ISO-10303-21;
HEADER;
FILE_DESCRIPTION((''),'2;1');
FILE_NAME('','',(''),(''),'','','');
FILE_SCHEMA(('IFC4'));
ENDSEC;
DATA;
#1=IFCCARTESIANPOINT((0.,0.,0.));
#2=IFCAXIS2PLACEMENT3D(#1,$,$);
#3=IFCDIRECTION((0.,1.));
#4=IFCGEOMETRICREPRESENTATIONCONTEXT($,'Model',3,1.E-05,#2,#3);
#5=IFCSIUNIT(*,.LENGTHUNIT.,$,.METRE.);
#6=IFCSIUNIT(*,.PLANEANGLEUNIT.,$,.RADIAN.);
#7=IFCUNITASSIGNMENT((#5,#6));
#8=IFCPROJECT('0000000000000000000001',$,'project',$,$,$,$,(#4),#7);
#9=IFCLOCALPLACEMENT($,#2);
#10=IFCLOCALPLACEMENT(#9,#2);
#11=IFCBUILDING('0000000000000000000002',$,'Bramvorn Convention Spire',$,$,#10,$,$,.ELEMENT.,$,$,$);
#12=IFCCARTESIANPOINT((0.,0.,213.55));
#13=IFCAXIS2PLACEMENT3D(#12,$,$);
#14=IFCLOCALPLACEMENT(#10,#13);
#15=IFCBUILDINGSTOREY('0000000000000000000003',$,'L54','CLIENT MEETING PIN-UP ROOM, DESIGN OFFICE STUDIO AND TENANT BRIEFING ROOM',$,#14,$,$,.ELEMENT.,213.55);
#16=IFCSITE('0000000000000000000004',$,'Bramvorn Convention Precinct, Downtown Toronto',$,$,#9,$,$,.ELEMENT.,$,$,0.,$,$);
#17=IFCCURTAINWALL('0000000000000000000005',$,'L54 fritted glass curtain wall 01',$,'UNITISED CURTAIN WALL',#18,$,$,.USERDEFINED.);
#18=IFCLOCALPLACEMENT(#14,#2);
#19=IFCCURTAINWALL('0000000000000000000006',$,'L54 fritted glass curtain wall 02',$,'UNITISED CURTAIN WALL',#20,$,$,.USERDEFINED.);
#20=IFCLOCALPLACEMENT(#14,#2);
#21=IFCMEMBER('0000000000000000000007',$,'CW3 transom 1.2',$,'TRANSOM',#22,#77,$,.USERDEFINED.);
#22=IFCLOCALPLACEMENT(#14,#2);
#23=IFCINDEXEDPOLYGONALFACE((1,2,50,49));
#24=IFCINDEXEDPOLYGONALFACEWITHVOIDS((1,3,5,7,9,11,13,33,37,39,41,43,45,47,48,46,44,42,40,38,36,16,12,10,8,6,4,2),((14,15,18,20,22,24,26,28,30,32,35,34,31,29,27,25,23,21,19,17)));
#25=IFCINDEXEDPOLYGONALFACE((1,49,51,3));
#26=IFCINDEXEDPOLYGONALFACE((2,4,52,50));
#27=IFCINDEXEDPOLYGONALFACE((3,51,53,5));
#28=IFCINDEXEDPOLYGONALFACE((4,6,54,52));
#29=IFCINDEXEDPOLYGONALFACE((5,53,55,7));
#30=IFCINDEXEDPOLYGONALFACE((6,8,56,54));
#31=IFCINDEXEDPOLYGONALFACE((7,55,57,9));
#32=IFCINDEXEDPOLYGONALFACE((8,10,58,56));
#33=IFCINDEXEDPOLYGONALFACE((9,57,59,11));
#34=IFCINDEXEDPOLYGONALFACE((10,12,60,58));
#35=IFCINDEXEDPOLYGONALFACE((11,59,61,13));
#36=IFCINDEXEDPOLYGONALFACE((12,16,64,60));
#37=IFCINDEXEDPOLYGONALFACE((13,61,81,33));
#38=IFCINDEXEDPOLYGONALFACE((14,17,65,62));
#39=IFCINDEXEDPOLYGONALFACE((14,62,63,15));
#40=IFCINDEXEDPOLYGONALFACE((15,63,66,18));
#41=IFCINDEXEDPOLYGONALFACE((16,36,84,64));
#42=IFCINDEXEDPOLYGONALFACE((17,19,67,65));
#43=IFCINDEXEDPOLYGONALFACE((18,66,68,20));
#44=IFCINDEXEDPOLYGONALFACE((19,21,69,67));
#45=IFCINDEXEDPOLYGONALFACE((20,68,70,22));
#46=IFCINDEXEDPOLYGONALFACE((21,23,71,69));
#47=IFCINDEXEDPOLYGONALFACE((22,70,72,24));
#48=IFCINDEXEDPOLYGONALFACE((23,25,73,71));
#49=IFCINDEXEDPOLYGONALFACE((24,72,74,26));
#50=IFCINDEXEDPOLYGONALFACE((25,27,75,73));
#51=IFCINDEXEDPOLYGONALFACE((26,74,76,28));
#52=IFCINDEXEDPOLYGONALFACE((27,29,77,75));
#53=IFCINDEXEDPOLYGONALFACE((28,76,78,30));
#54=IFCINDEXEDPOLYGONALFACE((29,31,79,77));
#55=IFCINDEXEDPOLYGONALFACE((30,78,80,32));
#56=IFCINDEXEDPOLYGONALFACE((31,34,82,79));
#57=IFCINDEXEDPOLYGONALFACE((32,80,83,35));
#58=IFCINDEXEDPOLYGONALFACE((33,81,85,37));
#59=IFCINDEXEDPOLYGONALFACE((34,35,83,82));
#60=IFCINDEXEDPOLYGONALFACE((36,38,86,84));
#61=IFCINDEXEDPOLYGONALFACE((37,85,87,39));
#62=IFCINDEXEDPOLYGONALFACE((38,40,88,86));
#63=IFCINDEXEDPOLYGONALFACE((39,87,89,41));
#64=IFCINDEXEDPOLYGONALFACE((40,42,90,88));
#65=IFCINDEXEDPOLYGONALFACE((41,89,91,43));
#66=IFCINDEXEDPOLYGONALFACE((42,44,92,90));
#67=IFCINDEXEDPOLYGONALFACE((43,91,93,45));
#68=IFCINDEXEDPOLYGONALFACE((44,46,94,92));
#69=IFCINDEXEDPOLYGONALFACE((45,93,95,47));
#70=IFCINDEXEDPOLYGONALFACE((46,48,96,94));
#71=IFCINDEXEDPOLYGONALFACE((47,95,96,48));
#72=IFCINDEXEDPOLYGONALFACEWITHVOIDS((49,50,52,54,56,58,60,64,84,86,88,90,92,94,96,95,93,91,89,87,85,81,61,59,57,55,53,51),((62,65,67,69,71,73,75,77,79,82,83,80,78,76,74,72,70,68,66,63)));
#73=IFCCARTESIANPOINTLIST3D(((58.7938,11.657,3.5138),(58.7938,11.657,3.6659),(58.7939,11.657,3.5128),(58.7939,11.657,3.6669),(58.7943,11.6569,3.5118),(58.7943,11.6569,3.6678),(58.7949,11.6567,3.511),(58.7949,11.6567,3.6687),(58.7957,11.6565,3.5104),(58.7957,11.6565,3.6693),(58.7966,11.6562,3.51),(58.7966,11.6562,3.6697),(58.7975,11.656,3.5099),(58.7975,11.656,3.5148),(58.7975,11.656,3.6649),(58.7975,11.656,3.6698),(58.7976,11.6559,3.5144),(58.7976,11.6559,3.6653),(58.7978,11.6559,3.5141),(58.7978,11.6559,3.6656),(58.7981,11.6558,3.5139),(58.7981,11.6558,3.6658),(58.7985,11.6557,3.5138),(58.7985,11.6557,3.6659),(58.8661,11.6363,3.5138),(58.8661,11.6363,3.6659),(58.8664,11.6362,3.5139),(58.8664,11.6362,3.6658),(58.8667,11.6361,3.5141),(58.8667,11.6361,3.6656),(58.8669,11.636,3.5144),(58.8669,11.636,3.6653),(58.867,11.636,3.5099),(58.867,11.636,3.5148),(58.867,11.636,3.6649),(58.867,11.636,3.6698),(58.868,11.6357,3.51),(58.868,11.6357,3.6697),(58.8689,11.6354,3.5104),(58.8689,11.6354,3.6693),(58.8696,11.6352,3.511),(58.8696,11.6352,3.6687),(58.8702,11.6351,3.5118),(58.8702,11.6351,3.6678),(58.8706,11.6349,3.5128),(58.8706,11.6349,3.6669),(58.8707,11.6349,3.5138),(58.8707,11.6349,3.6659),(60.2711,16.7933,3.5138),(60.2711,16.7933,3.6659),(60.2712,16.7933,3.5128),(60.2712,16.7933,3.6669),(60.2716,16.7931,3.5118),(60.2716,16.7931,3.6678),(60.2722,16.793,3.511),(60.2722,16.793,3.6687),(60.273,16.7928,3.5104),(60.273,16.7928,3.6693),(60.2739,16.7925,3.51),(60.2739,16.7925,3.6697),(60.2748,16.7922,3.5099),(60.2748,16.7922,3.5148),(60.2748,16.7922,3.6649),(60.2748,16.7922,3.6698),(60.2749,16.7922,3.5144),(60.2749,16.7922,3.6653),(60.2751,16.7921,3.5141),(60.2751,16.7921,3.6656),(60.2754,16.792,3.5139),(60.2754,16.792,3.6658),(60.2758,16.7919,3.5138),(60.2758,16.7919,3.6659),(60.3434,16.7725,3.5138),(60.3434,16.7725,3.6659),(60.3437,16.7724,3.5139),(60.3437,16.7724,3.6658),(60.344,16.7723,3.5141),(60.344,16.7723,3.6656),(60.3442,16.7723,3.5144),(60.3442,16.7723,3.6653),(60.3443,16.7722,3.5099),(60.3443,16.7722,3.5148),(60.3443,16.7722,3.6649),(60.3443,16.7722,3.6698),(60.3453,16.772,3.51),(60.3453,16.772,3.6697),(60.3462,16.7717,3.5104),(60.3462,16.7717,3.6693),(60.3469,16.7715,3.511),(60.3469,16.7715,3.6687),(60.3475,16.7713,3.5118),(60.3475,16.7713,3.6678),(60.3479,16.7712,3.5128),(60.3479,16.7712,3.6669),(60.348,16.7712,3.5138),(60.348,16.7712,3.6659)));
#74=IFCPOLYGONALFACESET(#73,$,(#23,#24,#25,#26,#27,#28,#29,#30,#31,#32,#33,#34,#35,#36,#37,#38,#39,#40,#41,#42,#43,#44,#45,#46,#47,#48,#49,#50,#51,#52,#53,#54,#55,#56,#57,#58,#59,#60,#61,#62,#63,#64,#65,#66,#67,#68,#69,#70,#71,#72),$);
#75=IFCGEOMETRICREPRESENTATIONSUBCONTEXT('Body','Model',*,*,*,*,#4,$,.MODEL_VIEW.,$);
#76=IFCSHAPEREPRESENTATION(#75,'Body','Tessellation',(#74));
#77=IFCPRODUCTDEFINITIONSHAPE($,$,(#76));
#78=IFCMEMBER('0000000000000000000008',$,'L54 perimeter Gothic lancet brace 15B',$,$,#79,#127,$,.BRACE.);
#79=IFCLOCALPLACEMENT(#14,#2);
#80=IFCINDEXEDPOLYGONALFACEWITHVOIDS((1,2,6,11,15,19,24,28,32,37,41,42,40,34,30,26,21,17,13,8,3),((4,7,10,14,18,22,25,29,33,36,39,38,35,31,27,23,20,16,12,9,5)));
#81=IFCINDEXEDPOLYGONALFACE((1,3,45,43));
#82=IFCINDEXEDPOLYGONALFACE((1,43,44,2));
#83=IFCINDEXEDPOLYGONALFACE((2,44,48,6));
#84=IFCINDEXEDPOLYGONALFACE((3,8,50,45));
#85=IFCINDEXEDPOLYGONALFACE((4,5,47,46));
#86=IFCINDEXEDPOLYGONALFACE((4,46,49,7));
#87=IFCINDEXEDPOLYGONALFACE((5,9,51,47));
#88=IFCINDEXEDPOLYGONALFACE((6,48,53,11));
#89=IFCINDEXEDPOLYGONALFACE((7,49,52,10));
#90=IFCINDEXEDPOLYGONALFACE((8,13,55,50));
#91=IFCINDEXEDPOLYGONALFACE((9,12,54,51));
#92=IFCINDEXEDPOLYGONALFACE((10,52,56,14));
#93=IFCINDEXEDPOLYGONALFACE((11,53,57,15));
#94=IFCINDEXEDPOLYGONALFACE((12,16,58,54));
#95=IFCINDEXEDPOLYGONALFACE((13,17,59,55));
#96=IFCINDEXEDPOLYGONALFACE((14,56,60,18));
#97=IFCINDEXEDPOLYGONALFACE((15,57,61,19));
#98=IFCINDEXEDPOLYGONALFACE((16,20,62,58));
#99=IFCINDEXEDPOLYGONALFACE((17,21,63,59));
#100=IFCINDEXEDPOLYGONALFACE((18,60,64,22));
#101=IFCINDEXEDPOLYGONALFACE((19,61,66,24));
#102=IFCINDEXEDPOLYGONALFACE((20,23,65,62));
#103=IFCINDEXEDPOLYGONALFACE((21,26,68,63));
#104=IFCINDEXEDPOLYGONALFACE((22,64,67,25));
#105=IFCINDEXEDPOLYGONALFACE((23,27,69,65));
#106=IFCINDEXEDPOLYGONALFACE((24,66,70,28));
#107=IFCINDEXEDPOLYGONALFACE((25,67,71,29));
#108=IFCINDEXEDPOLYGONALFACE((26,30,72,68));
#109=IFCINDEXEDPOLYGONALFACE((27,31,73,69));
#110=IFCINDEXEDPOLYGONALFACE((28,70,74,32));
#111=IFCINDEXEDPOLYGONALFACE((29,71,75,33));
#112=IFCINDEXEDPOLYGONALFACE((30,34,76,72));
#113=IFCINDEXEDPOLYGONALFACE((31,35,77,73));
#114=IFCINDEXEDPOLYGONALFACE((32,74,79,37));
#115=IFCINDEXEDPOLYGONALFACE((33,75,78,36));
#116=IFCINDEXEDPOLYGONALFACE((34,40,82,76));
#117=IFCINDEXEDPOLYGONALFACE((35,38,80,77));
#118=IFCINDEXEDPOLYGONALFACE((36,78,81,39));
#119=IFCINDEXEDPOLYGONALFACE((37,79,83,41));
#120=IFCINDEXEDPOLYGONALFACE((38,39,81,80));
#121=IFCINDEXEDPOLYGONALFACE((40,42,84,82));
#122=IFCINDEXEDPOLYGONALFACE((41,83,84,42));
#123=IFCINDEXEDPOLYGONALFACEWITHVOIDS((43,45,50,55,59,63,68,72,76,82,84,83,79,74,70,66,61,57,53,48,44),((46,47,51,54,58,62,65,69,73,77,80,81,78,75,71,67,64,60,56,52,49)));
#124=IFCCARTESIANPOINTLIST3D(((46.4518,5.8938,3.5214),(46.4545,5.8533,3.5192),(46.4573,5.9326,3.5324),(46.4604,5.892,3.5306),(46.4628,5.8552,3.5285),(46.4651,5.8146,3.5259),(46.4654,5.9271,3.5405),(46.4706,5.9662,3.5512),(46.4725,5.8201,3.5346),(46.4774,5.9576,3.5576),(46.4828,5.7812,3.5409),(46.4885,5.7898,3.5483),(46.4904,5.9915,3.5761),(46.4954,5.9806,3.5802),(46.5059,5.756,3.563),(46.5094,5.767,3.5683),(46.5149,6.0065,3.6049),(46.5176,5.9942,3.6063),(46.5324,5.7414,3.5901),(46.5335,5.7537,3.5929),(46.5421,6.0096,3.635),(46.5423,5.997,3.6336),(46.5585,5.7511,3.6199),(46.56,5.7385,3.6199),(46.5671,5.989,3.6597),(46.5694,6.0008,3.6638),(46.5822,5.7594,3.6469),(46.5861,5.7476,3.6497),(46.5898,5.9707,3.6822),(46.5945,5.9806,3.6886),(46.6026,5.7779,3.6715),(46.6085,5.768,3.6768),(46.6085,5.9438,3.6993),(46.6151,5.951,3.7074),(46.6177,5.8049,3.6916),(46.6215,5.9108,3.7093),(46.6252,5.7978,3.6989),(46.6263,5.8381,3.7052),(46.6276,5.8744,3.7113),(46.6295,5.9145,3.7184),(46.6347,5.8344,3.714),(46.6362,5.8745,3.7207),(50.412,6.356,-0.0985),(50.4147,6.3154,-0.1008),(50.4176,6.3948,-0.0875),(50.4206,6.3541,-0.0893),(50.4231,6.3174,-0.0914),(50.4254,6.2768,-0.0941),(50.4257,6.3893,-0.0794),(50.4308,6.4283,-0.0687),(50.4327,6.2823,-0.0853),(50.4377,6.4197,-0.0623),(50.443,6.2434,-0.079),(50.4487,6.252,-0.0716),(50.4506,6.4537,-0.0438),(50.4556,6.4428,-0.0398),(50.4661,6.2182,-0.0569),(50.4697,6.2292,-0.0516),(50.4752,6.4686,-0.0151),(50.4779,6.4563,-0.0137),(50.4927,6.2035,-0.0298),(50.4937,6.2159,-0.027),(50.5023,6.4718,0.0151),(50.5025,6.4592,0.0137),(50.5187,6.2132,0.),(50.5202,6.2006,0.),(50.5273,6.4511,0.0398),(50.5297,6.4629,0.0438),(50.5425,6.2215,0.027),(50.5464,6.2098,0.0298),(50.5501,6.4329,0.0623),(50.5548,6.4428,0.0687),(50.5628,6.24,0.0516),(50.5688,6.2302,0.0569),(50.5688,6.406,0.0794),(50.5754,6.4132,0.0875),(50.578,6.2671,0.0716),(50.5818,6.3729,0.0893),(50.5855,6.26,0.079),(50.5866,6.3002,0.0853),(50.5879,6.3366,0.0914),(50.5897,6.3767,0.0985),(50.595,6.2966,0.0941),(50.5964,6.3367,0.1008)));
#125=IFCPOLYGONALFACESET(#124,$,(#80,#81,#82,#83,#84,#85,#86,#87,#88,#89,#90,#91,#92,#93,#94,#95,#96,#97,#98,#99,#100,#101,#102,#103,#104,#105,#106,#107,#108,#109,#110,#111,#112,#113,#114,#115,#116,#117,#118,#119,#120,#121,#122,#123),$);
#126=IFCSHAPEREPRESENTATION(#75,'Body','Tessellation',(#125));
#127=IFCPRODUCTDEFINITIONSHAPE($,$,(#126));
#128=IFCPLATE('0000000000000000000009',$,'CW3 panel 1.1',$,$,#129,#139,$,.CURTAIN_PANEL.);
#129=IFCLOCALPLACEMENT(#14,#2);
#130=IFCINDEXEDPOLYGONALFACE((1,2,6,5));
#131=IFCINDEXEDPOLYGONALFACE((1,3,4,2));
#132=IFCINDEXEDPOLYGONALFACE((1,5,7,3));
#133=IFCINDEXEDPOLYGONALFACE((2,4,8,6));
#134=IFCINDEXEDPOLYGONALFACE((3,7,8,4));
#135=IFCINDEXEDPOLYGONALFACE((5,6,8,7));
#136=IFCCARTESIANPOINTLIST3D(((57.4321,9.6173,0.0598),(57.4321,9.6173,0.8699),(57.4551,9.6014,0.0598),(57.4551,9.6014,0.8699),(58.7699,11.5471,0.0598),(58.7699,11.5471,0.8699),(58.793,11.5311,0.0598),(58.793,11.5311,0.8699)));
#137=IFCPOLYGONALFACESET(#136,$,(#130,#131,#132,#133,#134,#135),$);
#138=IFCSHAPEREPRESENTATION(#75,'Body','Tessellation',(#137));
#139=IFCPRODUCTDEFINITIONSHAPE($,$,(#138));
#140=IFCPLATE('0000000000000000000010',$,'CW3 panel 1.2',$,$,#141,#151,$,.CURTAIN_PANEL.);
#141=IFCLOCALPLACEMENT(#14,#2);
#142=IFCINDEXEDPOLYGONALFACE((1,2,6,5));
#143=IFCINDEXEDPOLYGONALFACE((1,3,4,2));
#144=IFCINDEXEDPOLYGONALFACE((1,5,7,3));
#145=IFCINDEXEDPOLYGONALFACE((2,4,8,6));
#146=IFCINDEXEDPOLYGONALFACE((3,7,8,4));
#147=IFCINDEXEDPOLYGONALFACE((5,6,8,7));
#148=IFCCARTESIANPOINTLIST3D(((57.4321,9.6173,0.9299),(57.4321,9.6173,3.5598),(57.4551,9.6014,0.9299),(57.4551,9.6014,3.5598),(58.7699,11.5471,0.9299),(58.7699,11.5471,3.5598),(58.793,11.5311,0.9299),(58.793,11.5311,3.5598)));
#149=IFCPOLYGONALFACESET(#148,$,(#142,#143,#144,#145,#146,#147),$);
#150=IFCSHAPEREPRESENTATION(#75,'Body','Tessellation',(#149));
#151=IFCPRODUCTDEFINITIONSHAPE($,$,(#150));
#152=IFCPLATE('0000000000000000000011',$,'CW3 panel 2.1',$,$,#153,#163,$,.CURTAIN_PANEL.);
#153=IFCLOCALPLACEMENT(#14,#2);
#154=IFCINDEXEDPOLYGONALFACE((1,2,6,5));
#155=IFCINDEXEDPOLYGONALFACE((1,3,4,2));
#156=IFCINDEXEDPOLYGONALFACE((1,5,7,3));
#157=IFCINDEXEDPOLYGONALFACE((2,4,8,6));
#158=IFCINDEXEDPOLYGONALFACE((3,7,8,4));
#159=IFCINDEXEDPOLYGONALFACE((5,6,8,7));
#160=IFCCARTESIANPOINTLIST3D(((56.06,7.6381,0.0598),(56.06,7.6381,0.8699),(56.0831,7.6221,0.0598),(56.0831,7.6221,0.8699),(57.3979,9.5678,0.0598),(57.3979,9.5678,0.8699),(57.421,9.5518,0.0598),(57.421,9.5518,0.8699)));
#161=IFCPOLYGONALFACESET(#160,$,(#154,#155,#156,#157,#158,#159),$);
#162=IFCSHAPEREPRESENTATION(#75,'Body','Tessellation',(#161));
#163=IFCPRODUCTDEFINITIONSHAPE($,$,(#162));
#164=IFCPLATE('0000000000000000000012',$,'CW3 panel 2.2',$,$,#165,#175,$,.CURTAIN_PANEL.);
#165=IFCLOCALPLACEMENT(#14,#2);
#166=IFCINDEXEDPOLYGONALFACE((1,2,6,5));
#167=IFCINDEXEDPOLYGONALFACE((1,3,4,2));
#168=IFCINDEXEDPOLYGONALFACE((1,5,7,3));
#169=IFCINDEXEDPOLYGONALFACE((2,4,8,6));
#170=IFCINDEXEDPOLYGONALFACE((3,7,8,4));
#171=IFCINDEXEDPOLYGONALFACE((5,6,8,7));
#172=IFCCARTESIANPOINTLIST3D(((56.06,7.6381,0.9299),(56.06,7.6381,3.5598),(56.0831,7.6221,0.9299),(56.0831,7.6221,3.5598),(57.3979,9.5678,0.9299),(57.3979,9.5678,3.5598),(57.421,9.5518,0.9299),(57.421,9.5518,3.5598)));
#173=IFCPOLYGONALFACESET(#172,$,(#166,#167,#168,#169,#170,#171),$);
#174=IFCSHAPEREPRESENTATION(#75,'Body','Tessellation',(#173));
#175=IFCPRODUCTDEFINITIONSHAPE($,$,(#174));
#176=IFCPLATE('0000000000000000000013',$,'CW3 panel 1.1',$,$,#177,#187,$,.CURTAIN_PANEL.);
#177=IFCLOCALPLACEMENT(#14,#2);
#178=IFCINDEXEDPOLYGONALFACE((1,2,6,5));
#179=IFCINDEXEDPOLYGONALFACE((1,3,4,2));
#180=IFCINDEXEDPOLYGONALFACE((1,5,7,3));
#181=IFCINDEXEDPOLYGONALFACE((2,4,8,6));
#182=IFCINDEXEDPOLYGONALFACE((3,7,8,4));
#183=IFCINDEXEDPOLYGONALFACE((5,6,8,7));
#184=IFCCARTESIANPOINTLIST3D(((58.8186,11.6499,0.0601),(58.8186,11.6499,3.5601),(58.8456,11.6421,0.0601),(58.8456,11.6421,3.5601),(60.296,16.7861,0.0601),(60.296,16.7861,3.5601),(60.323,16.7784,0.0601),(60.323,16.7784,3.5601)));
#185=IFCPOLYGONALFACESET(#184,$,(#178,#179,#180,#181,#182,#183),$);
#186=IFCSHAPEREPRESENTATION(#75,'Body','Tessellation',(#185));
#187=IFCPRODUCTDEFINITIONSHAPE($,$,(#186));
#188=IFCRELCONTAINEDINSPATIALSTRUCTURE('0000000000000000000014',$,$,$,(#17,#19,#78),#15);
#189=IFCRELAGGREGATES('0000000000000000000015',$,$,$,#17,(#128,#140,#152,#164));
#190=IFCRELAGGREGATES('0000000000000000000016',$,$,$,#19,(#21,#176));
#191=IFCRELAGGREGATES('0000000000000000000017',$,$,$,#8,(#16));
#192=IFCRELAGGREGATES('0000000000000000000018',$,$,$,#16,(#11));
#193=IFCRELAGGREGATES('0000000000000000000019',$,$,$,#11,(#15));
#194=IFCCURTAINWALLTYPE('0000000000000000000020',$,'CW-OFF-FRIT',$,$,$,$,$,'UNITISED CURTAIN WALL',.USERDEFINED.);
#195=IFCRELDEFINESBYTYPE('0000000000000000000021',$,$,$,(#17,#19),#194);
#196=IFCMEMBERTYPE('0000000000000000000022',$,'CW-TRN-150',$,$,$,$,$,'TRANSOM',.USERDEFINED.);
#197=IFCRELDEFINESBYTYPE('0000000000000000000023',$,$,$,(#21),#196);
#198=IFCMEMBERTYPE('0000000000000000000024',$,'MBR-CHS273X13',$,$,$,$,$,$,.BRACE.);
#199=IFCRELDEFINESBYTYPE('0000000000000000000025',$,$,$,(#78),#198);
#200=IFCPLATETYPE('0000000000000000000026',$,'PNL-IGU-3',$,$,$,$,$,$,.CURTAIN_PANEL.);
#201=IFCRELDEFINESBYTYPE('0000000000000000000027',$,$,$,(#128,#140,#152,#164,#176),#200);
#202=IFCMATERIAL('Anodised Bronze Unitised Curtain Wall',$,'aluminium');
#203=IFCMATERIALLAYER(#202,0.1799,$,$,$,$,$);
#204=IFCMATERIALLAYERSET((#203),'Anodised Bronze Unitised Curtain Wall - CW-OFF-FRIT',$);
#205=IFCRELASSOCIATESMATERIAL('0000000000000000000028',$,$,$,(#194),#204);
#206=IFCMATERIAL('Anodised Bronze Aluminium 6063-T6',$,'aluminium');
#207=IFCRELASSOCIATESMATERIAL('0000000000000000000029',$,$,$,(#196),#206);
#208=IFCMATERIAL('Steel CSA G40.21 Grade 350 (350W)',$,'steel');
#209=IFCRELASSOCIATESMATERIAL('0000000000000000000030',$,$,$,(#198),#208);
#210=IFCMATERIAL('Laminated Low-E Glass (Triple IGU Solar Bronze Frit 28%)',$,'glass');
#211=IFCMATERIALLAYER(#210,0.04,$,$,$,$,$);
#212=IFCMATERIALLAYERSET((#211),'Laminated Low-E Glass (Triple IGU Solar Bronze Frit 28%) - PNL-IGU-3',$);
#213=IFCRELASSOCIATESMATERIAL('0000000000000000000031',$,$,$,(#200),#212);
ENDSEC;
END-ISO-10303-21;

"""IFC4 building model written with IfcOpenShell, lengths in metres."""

from ifc_helpers import new_model, si_unit, direction, frame, origin, origin_2d, place, context, subcontext, project, spatial, rectangle, hollow_rectangle, hollow_circle, extrude, material, layer, layer_set, material_profile, profile_set, type_object, element, aggregate, save


model = new_model("IFC4")

# Units and contexts
model_context = context("Model", 3, precision=1e-05, world=origin(), true_north=direction((0.0, 1.0)))
body_context = subcontext(model_context, "Body", "Model", "MODEL_VIEW")
ifc_project = project(units=[si_unit("LENGTHUNIT", "METRE"), si_unit("PLANEANGLEUNIT", "RADIAN")], contexts=[model_context])

# Site, building, storey
site_placement = place(None, origin())
site = spatial("IfcSite", under=ifc_project, at=site_placement, Name="Bramvorn Convention Precinct, Downtown Toronto", CompositionType="ELEMENT", RefElevation=0.0)
building_placement = place(site_placement, origin())
building = spatial("IfcBuilding", under=site, at=building_placement, Name="Bramvorn Convention Spire", CompositionType="ELEMENT")
storey_placement = place(building_placement, frame((0.0, 0.0, 213.55)))
storey = spatial("IfcBuildingStorey", under=building, at=storey_placement, Name="L54", Description="CLIENT MEETING PIN-UP ROOM, DESIGN OFFICE STUDIO AND TENANT BRIEFING ROOM", CompositionType="ELEMENT", Elevation=213.55)

# Shared definitions
ifc_material_1 = material(Name="Steel CSA G40.21 Grade 350 (350W)", Category="steel")

# Curtain walls
ifc_material_2 = material(Name="Anodised Bronze Unitised Curtain Wall", Category="aluminium")
ifc_layer_1 = layer(ifc_material_2, 0.1799)
ifc_layer_set_1 = layer_set([ifc_layer_1], Name="Anodised Bronze Unitised Curtain Wall - CW-OFF-FRIT")
curtain_wall_type = type_object("IfcCurtainWallType", Name="CW-OFF-FRIT", ElementType="UNITISED CURTAIN WALL", PredefinedType="USERDEFINED", material=ifc_layer_set_1)
curtain_wall_1_placement = place(storey_placement, origin())
curtain_wall_1 = element("IfcCurtainWall", 1, at=curtain_wall_1_placement, inside=storey, type_object=curtain_wall_type, Name="L54 fritted glass curtain wall 01", ObjectType="UNITISED CURTAIN WALL", PredefinedType="USERDEFINED")
ifc_material_3 = material(Name="Anodised Bronze Aluminium 6063-T6", Category="aluminium")
curtain_wall_2_placement = place(storey_placement, origin())
curtain_wall_2 = element("IfcCurtainWall", 2, at=curtain_wall_2_placement, inside=storey, type_object=curtain_wall_type, Name="L54 fritted glass curtain wall 02", ObjectType="UNITISED CURTAIN WALL", PredefinedType="USERDEFINED")

# Members
ifc_material_profile_1 = material_profile(ifc_material_3, hollow_rectangle(XDim=0.0801, YDim=0.1599, WallThickness=0.0039, InnerFilletRadius=0.001, OuterFilletRadius=0.0039, at=origin_2d()))
ifc_profile_set_1 = profile_set([ifc_material_profile_1], Name="Anodised Bronze Aluminium 6063-T6 - CWT80X160")
member_type_1 = type_object("IfcMemberType", Name="CW-TRN-150", ElementType="TRANSOM", PredefinedType="USERDEFINED", material=ifc_profile_set_1)
member_1_placement = place(storey_placement, frame((60.3096, 16.7822, 3.5898), z_axis=(-0.276416, -0.961038, 0.0), x_axis=(0.961038, -0.276416, 0.0)))
member_1 = element("IfcMember", 3, at=member_1_placement, type_object=member_type_1, Name="CW3 transom 1.2", ObjectType="TRANSOM", PredefinedType="USERDEFINED", context=body_context, shape_type="SweptSolid", body=[
    extrude(hollow_rectangle(XDim=0.0801, YDim=0.1599, WallThickness=0.0039, InnerFilletRadius=0.001, OuterFilletRadius=0.0039, at=origin_2d()), origin(), (0.0, 0.0, 1.0), 5.3445),
])
ifc_material_profile_2 = material_profile(ifc_material_1, hollow_circle(Radius=0.1365, WallThickness=0.0127, at=origin_2d()))
ifc_profile_set_2 = profile_set([ifc_material_profile_2], Name="Steel CSA G40.21 Grade 350 (350W) - CHS273X13")
member_type_2 = type_object("IfcMemberType", Name="MBR-CHS273X13", PredefinedType="BRACE", material=ifc_profile_set_2)
member_2_placement = place(storey_placement, frame((50.5044, 6.3362, 0.0), z_axis=(-0.735388, -0.08582, 0.67219), x_axis=(0.115914, -0.993259, 0.0)))
element("IfcMember", 4, at=member_2_placement, inside=storey, type_object=member_type_2, Name="L54 perimeter Gothic lancet brace 15B", PredefinedType="BRACE", context=body_context, shape_type="SweptSolid", body=[
    extrude(hollow_circle(Radius=0.1365, WallThickness=0.0127, at=origin_2d()), origin(), (0.0, 0.0, 1.0), 5.3853),
])

# Plates
ifc_material_4 = material(Name="Laminated Low-E Glass (Triple IGU Solar Bronze Frit 28%)", Category="glass")
ifc_layer_2 = layer(ifc_material_4, 0.04)
ifc_layer_set_2 = layer_set([ifc_layer_2], Name="Laminated Low-E Glass (Triple IGU Solar Bronze Frit 28%) - PNL-IGU-3")
plate_type = type_object("IfcPlateType", Name="PNL-IGU-3", PredefinedType="CURTAIN_PANEL", material=ifc_layer_set_2)
plate_1_placement = place(storey_placement, frame((58.1125, 10.5742, 0.0598), z_axis=(0.0, 0.0, 1.0), x_axis=(-0.569757, -0.821813, 0.0)))
plate_1 = element("IfcPlate", 5, at=plate_1_placement, type_object=plate_type, Name="CW3 panel 1.1", PredefinedType="CURTAIN_PANEL", context=body_context, shape_type="SweptSolid", body=[
    extrude(rectangle(XDim=2.3481, YDim=0.0281, at=origin_2d()), origin(), (0.0, 0.0, 1.0), 0.8101),
])
plate_2_placement = place(storey_placement, frame((58.1125, 10.5742, 0.9299), z_axis=(0.0, 0.0, 1.0), x_axis=(-0.569757, -0.821813, 0.0)))
plate_2 = element("IfcPlate", 6, at=plate_2_placement, type_object=plate_type, Name="CW3 panel 1.2", PredefinedType="CURTAIN_PANEL", context=body_context, shape_type="SweptSolid", body=[
    extrude(rectangle(XDim=2.3481, YDim=0.0281, at=origin_2d()), origin(), (0.0, 0.0, 1.0), 2.6299),
])
plate_3_placement = place(storey_placement, frame((56.7405, 8.595, 0.0598), z_axis=(0.0, 0.0, 1.0), x_axis=(-0.569757, -0.821813, 0.0)))
plate_3 = element("IfcPlate", 7, at=plate_3_placement, type_object=plate_type, Name="CW3 panel 2.1", PredefinedType="CURTAIN_PANEL", context=body_context, shape_type="SweptSolid", body=[
    extrude(rectangle(XDim=2.3481, YDim=0.0281, at=origin_2d()), origin(), (0.0, 0.0, 1.0), 0.8101),
])
plate_4_placement = place(storey_placement, frame((56.7405, 8.595, 0.9299), z_axis=(0.0, 0.0, 1.0), x_axis=(-0.569757, -0.821813, 0.0)))
plate_4 = element("IfcPlate", 8, at=plate_4_placement, type_object=plate_type, Name="CW3 panel 2.2", PredefinedType="CURTAIN_PANEL", context=body_context, shape_type="SweptSolid", body=[
    extrude(rectangle(XDim=2.3481, YDim=0.0281, at=origin_2d()), origin(), (0.0, 0.0, 1.0), 2.6299),
])
aggregate(curtain_wall_1, [plate_1, plate_2, plate_3, plate_4])
plate_5_placement = place(storey_placement, frame((59.5708, 14.2141, 0.0601), z_axis=(0.0, 0.0, 1.0), x_axis=(-0.27642, -0.961037, 0.0)))
plate_5 = element("IfcPlate", 9, at=plate_5_placement, type_object=plate_type, Name="CW3 panel 1.1", PredefinedType="CURTAIN_PANEL", context=body_context, shape_type="SweptSolid", body=[
    extrude(rectangle(XDim=5.3445, YDim=0.0281, at=origin_2d()), origin(), (0.0, 0.0, 1.0), 3.5),
])
aggregate(curtain_wall_2, [member_1, plate_5])

save(model, "model.ifc")
